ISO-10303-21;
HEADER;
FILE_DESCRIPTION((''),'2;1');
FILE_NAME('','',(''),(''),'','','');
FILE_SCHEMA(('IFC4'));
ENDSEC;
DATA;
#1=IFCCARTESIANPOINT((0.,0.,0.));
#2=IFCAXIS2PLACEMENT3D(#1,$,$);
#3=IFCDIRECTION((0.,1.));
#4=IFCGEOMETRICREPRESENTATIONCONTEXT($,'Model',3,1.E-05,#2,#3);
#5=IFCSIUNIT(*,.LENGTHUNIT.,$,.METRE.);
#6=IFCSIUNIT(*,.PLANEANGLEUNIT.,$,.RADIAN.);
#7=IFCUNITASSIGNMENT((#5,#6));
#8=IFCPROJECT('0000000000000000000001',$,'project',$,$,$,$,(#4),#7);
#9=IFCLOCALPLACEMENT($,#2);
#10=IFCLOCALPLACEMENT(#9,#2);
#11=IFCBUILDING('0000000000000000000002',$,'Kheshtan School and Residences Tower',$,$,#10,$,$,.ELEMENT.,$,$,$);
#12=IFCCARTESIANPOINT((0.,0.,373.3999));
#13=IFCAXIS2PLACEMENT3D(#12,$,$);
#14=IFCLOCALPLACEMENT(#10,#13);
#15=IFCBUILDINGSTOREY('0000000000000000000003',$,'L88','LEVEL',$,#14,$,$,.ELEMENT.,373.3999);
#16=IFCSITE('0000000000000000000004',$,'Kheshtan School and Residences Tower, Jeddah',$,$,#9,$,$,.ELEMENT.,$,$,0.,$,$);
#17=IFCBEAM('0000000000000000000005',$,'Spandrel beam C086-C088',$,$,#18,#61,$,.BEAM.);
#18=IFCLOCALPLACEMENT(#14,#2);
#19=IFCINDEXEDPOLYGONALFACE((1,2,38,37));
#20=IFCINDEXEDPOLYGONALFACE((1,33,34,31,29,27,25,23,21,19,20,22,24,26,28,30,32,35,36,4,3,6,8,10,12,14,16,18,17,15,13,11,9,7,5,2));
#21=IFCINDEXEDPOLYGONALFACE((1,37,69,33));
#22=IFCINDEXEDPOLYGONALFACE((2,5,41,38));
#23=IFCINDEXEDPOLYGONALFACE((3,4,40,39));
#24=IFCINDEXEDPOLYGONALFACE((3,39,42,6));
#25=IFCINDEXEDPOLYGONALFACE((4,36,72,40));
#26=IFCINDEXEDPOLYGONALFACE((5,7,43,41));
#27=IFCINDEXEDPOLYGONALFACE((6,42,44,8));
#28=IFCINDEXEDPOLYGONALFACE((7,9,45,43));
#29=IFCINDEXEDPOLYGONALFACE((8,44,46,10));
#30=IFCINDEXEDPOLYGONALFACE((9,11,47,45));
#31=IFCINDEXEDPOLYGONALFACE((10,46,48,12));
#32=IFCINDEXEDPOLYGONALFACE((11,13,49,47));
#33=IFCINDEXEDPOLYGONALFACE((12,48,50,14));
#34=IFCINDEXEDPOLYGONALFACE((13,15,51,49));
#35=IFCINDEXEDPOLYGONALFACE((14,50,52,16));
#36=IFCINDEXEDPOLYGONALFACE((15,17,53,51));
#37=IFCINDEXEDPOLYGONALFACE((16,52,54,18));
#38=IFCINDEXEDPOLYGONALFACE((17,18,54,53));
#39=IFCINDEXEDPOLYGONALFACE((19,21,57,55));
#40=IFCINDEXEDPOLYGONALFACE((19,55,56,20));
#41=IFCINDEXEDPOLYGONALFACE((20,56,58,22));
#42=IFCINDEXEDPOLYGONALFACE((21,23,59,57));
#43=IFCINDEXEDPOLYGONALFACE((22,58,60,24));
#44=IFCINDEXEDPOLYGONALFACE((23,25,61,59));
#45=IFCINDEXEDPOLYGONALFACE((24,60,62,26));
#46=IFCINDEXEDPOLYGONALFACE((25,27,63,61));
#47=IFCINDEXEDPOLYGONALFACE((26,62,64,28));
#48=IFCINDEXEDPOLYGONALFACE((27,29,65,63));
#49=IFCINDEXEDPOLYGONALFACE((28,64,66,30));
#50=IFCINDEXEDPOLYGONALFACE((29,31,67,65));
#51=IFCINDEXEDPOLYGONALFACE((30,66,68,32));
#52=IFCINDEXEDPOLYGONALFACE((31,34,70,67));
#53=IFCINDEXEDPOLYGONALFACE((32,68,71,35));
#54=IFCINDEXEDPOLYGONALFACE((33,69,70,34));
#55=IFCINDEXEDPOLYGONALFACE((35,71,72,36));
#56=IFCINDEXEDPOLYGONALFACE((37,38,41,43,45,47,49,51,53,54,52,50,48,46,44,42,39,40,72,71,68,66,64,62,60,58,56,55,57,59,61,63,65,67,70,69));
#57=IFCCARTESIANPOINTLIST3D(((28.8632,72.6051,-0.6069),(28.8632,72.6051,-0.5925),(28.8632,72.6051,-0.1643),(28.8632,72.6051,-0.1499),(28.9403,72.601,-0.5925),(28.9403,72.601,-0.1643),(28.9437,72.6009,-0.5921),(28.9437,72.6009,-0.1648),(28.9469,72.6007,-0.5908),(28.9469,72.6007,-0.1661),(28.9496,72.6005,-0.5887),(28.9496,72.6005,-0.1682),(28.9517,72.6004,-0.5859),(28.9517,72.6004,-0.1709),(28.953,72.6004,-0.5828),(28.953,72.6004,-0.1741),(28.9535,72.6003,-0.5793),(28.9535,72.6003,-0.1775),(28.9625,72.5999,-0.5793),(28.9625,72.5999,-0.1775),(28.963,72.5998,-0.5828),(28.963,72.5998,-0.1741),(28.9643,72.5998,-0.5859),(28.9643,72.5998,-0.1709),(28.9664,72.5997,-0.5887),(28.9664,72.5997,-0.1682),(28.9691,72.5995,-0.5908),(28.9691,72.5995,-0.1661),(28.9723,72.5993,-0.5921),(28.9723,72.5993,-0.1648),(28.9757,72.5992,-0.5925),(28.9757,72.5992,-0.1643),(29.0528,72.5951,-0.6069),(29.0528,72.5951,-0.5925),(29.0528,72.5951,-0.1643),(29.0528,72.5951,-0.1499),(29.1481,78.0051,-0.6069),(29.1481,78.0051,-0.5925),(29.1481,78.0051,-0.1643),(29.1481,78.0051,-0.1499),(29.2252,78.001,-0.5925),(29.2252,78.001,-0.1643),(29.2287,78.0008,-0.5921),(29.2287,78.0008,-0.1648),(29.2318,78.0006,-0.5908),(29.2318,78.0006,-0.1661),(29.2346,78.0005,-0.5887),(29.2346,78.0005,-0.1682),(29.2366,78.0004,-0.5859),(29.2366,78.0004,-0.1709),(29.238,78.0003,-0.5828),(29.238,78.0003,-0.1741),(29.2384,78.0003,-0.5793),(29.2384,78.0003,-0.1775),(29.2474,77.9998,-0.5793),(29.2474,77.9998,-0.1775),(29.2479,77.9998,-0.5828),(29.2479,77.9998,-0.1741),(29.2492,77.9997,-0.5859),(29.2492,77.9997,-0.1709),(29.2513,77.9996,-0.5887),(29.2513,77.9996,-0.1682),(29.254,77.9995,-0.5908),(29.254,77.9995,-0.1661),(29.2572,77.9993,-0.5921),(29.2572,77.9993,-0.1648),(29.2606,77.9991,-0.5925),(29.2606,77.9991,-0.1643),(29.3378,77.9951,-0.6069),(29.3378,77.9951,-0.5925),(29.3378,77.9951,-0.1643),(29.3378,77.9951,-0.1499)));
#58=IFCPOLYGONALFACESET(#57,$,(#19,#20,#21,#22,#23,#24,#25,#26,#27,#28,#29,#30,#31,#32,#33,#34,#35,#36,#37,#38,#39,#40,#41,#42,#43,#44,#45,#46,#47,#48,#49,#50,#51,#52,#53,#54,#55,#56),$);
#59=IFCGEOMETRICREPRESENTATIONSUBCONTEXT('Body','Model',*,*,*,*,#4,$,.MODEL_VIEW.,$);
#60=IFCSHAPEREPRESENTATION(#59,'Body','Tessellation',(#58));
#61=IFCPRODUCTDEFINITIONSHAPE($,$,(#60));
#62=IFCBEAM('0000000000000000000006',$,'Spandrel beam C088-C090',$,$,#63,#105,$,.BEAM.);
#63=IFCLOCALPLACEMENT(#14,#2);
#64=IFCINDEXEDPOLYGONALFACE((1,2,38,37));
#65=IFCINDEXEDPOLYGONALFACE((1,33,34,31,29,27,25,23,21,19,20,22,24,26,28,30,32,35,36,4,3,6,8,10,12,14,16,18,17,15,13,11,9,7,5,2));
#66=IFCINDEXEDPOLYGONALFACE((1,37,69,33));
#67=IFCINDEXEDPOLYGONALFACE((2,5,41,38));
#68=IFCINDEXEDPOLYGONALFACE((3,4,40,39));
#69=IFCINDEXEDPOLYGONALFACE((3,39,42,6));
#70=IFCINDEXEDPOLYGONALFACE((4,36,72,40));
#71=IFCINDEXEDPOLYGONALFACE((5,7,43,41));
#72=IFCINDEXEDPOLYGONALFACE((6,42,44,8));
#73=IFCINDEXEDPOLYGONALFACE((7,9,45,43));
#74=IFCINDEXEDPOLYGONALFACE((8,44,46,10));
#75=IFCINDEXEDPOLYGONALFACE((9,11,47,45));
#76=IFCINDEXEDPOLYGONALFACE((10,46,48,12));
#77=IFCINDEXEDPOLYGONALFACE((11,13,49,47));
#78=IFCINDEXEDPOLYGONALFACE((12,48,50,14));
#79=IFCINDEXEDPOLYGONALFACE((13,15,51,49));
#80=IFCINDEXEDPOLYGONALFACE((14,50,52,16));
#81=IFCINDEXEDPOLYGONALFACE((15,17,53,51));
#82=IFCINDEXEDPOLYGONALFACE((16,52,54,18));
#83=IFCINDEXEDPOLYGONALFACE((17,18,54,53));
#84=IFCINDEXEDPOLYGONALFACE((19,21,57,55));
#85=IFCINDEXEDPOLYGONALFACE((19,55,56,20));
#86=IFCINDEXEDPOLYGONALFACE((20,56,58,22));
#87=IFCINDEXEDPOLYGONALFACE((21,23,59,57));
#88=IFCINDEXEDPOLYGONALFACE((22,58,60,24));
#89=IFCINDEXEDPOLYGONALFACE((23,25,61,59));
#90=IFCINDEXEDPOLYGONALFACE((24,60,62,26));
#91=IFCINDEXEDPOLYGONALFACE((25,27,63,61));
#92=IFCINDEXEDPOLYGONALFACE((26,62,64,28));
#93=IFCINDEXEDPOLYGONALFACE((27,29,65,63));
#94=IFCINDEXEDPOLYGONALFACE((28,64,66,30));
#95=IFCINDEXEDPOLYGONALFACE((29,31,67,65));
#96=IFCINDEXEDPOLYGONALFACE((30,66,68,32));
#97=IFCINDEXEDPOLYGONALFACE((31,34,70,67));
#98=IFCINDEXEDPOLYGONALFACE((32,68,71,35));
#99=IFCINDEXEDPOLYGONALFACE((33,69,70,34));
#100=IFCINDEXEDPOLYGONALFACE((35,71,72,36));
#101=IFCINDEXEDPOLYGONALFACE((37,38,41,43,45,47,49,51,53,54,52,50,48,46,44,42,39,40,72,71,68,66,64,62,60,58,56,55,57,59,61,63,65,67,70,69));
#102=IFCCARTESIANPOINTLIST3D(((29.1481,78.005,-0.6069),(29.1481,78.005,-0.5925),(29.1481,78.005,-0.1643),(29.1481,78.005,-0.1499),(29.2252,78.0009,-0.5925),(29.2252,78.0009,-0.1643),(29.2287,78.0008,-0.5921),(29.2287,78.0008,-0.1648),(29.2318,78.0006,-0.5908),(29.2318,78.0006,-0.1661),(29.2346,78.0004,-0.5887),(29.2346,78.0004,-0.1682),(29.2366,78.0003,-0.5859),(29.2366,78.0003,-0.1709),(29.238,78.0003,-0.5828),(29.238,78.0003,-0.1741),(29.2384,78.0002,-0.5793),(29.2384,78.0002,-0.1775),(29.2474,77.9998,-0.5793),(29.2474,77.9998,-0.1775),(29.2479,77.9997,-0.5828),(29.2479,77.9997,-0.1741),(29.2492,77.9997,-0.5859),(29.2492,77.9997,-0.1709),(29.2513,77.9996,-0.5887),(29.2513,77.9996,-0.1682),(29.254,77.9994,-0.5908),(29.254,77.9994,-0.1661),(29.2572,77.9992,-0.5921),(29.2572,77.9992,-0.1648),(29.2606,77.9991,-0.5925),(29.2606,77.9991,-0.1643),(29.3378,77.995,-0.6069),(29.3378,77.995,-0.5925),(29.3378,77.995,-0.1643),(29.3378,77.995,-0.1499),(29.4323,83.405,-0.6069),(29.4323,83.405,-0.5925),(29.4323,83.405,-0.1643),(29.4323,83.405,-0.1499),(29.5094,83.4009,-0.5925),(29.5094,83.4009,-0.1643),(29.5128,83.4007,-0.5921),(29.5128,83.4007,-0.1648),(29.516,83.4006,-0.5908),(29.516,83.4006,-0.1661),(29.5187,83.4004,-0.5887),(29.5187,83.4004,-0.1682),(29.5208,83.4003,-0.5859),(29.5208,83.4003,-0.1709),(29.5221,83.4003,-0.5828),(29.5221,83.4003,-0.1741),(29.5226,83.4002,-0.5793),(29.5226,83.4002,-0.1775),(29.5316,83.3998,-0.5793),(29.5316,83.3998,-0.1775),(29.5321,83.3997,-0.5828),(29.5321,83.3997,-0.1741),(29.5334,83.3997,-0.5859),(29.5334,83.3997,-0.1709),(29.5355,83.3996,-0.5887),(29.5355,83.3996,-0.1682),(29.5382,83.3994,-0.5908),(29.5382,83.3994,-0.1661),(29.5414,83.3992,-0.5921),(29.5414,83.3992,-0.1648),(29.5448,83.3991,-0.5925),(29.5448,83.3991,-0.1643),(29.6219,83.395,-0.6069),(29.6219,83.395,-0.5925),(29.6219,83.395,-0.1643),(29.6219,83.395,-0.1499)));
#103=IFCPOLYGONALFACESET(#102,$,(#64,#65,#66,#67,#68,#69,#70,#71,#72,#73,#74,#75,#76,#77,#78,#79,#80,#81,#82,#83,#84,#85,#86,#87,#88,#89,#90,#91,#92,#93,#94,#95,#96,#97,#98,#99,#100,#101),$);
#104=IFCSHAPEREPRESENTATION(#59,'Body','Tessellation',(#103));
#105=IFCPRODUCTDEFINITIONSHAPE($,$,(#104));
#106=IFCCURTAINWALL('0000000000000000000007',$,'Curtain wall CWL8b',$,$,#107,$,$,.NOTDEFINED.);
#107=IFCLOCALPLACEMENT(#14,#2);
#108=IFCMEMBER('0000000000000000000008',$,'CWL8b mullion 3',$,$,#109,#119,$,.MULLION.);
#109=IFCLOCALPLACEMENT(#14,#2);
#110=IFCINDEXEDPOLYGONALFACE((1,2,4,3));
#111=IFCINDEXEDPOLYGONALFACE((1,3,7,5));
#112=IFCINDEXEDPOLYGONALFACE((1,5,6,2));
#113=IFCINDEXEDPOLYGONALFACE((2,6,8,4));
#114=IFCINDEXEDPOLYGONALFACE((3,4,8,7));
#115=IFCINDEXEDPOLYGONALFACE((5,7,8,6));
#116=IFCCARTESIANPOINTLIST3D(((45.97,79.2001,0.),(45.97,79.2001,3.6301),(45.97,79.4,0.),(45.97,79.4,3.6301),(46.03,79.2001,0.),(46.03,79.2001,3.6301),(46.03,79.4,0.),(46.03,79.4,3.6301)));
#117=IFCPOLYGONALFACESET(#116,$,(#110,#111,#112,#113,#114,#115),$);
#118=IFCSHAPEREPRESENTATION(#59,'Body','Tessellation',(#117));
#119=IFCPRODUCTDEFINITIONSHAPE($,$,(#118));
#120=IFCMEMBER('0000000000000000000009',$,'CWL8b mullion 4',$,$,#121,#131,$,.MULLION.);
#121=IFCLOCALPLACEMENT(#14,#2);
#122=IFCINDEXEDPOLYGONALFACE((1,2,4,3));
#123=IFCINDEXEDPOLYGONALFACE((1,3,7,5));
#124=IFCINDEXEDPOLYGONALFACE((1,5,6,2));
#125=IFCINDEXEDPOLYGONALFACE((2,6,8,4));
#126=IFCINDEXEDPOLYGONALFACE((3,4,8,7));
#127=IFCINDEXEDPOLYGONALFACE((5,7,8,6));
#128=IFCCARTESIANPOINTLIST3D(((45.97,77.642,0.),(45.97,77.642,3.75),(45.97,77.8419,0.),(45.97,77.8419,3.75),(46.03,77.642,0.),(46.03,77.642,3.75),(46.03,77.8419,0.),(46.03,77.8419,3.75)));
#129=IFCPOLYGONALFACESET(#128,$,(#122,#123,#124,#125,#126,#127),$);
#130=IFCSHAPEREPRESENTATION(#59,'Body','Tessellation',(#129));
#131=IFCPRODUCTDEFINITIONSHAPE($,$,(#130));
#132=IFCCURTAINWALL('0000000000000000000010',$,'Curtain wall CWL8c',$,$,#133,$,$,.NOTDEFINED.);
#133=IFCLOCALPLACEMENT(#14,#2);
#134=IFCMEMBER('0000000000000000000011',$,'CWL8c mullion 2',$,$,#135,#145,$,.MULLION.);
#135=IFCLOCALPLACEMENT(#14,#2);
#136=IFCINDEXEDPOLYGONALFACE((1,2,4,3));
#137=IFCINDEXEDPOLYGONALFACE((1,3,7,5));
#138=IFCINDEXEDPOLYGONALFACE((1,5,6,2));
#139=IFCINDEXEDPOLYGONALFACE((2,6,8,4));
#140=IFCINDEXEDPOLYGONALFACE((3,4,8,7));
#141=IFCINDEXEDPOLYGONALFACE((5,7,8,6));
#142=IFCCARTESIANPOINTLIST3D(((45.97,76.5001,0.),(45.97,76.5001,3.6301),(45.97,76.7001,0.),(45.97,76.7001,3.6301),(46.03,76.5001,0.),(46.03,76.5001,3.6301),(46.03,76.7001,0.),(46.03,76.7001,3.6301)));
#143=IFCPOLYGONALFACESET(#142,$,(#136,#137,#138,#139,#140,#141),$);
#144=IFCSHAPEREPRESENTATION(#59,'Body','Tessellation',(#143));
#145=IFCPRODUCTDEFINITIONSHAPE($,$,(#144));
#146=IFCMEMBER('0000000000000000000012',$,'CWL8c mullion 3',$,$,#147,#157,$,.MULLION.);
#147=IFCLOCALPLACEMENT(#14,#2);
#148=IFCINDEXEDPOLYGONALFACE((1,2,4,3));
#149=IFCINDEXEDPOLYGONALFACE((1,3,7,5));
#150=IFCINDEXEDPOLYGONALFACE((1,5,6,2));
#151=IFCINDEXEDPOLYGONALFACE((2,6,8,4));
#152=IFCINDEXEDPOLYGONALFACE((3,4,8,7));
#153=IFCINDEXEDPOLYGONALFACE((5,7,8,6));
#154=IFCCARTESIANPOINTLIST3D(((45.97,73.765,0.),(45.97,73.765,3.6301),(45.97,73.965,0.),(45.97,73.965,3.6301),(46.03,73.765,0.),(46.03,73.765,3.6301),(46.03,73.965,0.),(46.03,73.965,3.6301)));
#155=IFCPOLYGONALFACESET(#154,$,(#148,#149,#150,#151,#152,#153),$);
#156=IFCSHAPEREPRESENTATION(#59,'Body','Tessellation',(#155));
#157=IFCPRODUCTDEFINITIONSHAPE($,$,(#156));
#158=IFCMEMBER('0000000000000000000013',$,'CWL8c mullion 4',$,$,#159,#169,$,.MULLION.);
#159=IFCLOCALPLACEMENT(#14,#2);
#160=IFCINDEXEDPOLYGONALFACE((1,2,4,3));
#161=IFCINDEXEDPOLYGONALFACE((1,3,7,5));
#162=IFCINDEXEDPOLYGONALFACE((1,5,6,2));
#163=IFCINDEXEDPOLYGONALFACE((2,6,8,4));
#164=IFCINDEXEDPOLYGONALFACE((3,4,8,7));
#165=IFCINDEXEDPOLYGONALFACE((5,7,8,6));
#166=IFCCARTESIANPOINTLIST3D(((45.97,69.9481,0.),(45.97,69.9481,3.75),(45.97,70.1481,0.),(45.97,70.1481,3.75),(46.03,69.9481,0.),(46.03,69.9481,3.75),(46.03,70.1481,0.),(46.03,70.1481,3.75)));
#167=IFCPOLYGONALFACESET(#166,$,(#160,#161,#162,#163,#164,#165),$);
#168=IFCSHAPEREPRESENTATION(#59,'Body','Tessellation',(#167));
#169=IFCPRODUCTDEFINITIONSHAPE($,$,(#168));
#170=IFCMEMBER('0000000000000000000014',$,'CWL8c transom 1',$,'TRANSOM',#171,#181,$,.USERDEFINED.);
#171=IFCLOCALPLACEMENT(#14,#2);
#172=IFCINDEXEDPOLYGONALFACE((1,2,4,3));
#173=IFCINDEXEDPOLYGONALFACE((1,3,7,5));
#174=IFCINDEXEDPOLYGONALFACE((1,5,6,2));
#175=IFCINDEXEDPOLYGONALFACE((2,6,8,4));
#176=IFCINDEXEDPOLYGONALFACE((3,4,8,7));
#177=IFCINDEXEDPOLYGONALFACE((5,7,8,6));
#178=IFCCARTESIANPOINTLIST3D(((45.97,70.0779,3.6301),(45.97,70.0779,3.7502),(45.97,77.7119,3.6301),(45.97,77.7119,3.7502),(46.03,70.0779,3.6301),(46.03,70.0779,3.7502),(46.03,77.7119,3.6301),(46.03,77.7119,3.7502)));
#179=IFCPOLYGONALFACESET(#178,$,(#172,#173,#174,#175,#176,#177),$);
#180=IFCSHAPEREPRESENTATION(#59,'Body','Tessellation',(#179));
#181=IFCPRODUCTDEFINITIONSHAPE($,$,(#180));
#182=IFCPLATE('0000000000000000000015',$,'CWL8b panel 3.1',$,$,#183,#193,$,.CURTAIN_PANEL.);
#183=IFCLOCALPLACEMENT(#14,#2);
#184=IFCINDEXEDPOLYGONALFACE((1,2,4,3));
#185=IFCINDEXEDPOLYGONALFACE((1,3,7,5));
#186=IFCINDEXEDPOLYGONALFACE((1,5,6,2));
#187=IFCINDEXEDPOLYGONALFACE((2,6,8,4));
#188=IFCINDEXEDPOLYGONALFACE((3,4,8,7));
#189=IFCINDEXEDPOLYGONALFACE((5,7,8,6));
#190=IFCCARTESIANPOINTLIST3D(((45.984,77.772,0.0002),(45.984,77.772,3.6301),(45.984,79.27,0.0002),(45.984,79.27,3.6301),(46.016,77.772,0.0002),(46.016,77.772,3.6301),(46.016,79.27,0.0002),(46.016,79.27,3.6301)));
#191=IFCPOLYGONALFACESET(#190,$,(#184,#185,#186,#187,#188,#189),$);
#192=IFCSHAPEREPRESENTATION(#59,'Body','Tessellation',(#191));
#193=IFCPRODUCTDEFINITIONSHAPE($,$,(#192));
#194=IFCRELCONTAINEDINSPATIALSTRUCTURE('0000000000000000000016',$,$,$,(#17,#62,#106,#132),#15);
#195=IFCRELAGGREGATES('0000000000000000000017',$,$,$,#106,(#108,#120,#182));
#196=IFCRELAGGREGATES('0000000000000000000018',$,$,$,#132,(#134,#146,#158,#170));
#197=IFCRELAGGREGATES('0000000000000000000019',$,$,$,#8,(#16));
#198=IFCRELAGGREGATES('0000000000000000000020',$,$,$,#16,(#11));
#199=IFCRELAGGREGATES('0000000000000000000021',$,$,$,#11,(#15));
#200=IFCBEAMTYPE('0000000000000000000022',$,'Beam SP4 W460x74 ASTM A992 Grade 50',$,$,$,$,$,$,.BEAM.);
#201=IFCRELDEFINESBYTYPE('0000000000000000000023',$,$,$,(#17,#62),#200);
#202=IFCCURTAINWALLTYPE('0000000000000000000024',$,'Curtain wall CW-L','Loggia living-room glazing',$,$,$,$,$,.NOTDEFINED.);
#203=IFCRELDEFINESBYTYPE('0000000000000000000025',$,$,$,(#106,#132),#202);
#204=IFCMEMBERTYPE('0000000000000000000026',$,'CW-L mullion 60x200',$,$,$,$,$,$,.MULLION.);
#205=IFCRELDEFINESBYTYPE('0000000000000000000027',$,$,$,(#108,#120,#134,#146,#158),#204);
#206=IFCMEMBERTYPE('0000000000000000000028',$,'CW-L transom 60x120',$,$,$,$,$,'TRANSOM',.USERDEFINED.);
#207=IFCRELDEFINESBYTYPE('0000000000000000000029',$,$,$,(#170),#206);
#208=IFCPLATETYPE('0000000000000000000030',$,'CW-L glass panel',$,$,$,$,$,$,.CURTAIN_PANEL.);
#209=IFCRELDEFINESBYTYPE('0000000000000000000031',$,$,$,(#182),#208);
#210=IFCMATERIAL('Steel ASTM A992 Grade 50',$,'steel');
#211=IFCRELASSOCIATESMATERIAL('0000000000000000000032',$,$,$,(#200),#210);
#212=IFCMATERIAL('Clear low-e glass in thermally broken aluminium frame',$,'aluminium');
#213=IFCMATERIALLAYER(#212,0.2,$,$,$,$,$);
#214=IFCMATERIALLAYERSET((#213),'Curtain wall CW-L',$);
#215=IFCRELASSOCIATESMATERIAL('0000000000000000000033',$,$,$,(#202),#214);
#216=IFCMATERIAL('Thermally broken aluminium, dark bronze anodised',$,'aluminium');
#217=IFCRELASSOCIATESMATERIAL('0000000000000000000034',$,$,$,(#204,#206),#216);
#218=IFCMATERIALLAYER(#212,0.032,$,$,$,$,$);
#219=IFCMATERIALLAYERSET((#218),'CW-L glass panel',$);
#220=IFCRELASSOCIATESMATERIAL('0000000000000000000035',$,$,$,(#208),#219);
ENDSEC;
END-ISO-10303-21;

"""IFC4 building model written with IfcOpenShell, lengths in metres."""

from ifc_helpers import new_model, si_unit, direction, frame, origin, origin_2d, place, context, subcontext, project, spatial, rectangle, i_section, extrude, material, layer, layer_set, material_profile, profile_set, type_object, element, aggregate, save


model = new_model("IFC4")

# Units and contexts
model_context = context("Model", 3, precision=1e-05, world=origin(), true_north=direction((0.0, 1.0)))
body_context = subcontext(model_context, "Body", "Model", "MODEL_VIEW")
ifc_project = project(units=[si_unit("LENGTHUNIT", "METRE"), si_unit("PLANEANGLEUNIT", "RADIAN")], contexts=[model_context])

# Site, building, storey
site_placement = place(None, origin())
site = spatial("IfcSite", under=ifc_project, at=site_placement, Name="Kheshtan School and Residences Tower, Jeddah", CompositionType="ELEMENT", RefElevation=0.0)
building_placement = place(site_placement, origin())
building = spatial("IfcBuilding", under=site, at=building_placement, Name="Kheshtan School and Residences Tower", CompositionType="ELEMENT")
storey_placement = place(building_placement, frame((0.0, 0.0, 373.3999)))
storey = spatial("IfcBuildingStorey", under=building, at=storey_placement, Name="L88", Description="LEVEL", CompositionType="ELEMENT", Elevation=373.3999)

# Shared definitions
ifc_material_1 = material(Name="Steel ASTM A992 Grade 50", Category="steel")

# Beams
ifc_material_profile_1 = material_profile(ifc_material_1, i_section(OverallWidth=0.1899, OverallDepth=0.457, WebThickness=0.009, FlangeThickness=0.0144, FilletRadius=0.0132, at=origin_2d()), Name="W460x74")
ifc_profile_set_1 = profile_set([ifc_material_profile_1], Name="Steel ASTM A992 Grade 50")
beam_type_1 = type_object("IfcBeamType", Name="Beam SP4 W460x74 ASTM A992 Grade 50", PredefinedType="BEAM", material=ifc_profile_set_1)
for number, where, z_axis, x_axis, name in (
    (1, (28.958, 72.6001, -0.3784), (0.052689, 0.998611, 0.0), (-0.998611, 0.052689, 0.0), "Spandrel beam C086-C088"),
    (2, (29.2429, 78.0, -0.3784), (0.052554, 0.998618, 0.0), (-0.998618, 0.052554, 0.0), "Spandrel beam C088-C090"),
):
    element("IfcBeam", number, at=place(storey_placement, frame(where, z_axis=z_axis, x_axis=x_axis)), inside=storey, type_object=beam_type_1, Name=name, PredefinedType="BEAM", context=body_context, shape_type="SweptSolid", body=[
        extrude(i_section(OverallWidth=0.1899, OverallDepth=0.457, WebThickness=0.009, FlangeThickness=0.0144, FilletRadius=0.0132, at=origin_2d()), origin(), (0.0, 0.0, 1.0), 5.4075),
    ])

# Curtain walls, members
ifc_material_2 = material(Name="Clear low-e glass in thermally broken aluminium frame", Category="aluminium")
ifc_layer_1 = layer(ifc_material_2, 0.2)
ifc_layer_set_1 = layer_set([ifc_layer_1], Name="Curtain wall CW-L")
curtain_wall_type = type_object("IfcCurtainWallType", Name="Curtain wall CW-L", Description="Loggia living-room glazing", PredefinedType="NOTDEFINED", material=ifc_layer_set_1)
curtain_wall_1_placement = place(storey_placement, origin())
curtain_wall_1 = element("IfcCurtainWall", 3, at=curtain_wall_1_placement, inside=storey, type_object=curtain_wall_type, Name="Curtain wall CWL8b", PredefinedType="NOTDEFINED")
ifc_material_3 = material(Name="Thermally broken aluminium, dark bronze anodised", Category="aluminium")
ifc_material_profile_2 = material_profile(ifc_material_3, rectangle(XDim=0.0601, YDim=0.2, at=origin_2d()), Name="CW-L mullion 60x200")
ifc_profile_set_2 = profile_set([ifc_material_profile_2], Name="Thermally broken aluminium, dark bronze anodised")
member_type_1 = type_object("IfcMemberType", Name="CW-L mullion 60x200", PredefinedType="MULLION", material=ifc_profile_set_2)
member_1_placement = place(storey_placement, frame((46.0, 79.3, 0.0), z_axis=(0.0, 0.0, 1.0), x_axis=(1.0, 0.0, 0.0)))
member_1 = element("IfcMember", 4, at=member_1_placement, type_object=member_type_1, Name="CWL8b mullion 3", PredefinedType="MULLION", context=body_context, shape_type="SweptSolid", body=[
    extrude(rectangle(XDim=0.0601, YDim=0.2, at=origin_2d()), origin(), (0.0, 0.0, 1.0), 3.6301),
])
member_2_placement = place(storey_placement, frame((46.0, 77.7419, 0.0), z_axis=(0.0, 0.0, 1.0), x_axis=(1.0, 0.0, 0.0)))
member_2 = element("IfcMember", 5, at=member_2_placement, type_object=member_type_1, Name="CWL8b mullion 4", PredefinedType="MULLION", context=body_context, shape_type="SweptSolid", body=[
    extrude(rectangle(XDim=0.0601, YDim=0.2, at=origin_2d()), origin(), (0.0, 0.0, 1.0), 3.75),
])
curtain_wall_2_placement = place(storey_placement, origin())
curtain_wall_2 = element("IfcCurtainWall", 6, at=curtain_wall_2_placement, inside=storey, type_object=curtain_wall_type, Name="Curtain wall CWL8c", PredefinedType="NOTDEFINED")
member_3_placement = place(storey_placement, frame((46.0, 76.6001, 0.0), z_axis=(0.0, 0.0, 1.0), x_axis=(1.0, 0.0, 0.0)))
member_3 = element("IfcMember", 7, at=member_3_placement, type_object=member_type_1, Name="CWL8c mullion 2", PredefinedType="MULLION", context=body_context, shape_type="SweptSolid", body=[
    extrude(rectangle(XDim=0.0601, YDim=0.2, at=origin_2d()), origin(), (0.0, 0.0, 1.0), 3.6301),
])
member_4_placement = place(storey_placement, frame((46.0, 73.865, 0.0), z_axis=(0.0, 0.0, 1.0), x_axis=(1.0, 0.0, 0.0)))
member_4 = element("IfcMember", 8, at=member_4_placement, type_object=member_type_1, Name="CWL8c mullion 3", PredefinedType="MULLION", context=body_context, shape_type="SweptSolid", body=[
    extrude(rectangle(XDim=0.0601, YDim=0.2, at=origin_2d()), origin(), (0.0, 0.0, 1.0), 3.6301),
])
member_5_placement = place(storey_placement, frame((46.0, 70.0481, 0.0), z_axis=(0.0, 0.0, 1.0), x_axis=(1.0, 0.0, 0.0)))
member_5 = element("IfcMember", 9, at=member_5_placement, type_object=member_type_1, Name="CWL8c mullion 4", PredefinedType="MULLION", context=body_context, shape_type="SweptSolid", body=[
    extrude(rectangle(XDim=0.0601, YDim=0.2, at=origin_2d()), origin(), (0.0, 0.0, 1.0), 3.75),
])
ifc_material_profile_3 = material_profile(ifc_material_3, rectangle(XDim=0.0601, YDim=0.1201, at=origin_2d()), Name="CW-L transom 60x120")
ifc_profile_set_3 = profile_set([ifc_material_profile_3], Name="Thermally broken aluminium, dark bronze anodised")
member_type_2 = type_object("IfcMemberType", Name="CW-L transom 60x120", ElementType="TRANSOM", PredefinedType="USERDEFINED", material=ifc_profile_set_3)
member_6_placement = place(storey_placement, frame((46.0, 77.7119, 3.6902), z_axis=(0.0, -1.0, 0.0), x_axis=(1.0, 0.0, 0.0)))
member_6 = element("IfcMember", 10, at=member_6_placement, type_object=member_type_2, Name="CWL8c transom 1", ObjectType="TRANSOM", PredefinedType="USERDEFINED", context=body_context, shape_type="SweptSolid", body=[
    extrude(rectangle(XDim=0.0601, YDim=0.1201, at=origin_2d()), origin(), (0.0, 0.0, 1.0), 7.634),
])

# Plate
ifc_layer_2 = layer(ifc_material_2, 0.032)
ifc_layer_set_2 = layer_set([ifc_layer_2], Name="CW-L glass panel")
plate_type = type_object("IfcPlateType", Name="CW-L glass panel", PredefinedType="CURTAIN_PANEL", material=ifc_layer_set_2)
plate_1_placement = place(storey_placement, frame((46.0, 78.521, 0.0002), z_axis=(0.0, 0.0, 1.0), x_axis=(0.0, -1.0, 0.0)))
plate_1 = element("IfcPlate", 11, at=plate_1_placement, type_object=plate_type, Name="CWL8b panel 3.1", PredefinedType="CURTAIN_PANEL", context=body_context, shape_type="SweptSolid", body=[
    extrude(rectangle(XDim=1.498, YDim=0.032, at=origin_2d()), origin(), (0.0, 0.0, 1.0), 3.6299),
])
aggregate(curtain_wall_1, [member_1, member_2, plate_1])
aggregate(curtain_wall_2, [member_3, member_4, member_5, member_6])

save(model, "model.ifc")
